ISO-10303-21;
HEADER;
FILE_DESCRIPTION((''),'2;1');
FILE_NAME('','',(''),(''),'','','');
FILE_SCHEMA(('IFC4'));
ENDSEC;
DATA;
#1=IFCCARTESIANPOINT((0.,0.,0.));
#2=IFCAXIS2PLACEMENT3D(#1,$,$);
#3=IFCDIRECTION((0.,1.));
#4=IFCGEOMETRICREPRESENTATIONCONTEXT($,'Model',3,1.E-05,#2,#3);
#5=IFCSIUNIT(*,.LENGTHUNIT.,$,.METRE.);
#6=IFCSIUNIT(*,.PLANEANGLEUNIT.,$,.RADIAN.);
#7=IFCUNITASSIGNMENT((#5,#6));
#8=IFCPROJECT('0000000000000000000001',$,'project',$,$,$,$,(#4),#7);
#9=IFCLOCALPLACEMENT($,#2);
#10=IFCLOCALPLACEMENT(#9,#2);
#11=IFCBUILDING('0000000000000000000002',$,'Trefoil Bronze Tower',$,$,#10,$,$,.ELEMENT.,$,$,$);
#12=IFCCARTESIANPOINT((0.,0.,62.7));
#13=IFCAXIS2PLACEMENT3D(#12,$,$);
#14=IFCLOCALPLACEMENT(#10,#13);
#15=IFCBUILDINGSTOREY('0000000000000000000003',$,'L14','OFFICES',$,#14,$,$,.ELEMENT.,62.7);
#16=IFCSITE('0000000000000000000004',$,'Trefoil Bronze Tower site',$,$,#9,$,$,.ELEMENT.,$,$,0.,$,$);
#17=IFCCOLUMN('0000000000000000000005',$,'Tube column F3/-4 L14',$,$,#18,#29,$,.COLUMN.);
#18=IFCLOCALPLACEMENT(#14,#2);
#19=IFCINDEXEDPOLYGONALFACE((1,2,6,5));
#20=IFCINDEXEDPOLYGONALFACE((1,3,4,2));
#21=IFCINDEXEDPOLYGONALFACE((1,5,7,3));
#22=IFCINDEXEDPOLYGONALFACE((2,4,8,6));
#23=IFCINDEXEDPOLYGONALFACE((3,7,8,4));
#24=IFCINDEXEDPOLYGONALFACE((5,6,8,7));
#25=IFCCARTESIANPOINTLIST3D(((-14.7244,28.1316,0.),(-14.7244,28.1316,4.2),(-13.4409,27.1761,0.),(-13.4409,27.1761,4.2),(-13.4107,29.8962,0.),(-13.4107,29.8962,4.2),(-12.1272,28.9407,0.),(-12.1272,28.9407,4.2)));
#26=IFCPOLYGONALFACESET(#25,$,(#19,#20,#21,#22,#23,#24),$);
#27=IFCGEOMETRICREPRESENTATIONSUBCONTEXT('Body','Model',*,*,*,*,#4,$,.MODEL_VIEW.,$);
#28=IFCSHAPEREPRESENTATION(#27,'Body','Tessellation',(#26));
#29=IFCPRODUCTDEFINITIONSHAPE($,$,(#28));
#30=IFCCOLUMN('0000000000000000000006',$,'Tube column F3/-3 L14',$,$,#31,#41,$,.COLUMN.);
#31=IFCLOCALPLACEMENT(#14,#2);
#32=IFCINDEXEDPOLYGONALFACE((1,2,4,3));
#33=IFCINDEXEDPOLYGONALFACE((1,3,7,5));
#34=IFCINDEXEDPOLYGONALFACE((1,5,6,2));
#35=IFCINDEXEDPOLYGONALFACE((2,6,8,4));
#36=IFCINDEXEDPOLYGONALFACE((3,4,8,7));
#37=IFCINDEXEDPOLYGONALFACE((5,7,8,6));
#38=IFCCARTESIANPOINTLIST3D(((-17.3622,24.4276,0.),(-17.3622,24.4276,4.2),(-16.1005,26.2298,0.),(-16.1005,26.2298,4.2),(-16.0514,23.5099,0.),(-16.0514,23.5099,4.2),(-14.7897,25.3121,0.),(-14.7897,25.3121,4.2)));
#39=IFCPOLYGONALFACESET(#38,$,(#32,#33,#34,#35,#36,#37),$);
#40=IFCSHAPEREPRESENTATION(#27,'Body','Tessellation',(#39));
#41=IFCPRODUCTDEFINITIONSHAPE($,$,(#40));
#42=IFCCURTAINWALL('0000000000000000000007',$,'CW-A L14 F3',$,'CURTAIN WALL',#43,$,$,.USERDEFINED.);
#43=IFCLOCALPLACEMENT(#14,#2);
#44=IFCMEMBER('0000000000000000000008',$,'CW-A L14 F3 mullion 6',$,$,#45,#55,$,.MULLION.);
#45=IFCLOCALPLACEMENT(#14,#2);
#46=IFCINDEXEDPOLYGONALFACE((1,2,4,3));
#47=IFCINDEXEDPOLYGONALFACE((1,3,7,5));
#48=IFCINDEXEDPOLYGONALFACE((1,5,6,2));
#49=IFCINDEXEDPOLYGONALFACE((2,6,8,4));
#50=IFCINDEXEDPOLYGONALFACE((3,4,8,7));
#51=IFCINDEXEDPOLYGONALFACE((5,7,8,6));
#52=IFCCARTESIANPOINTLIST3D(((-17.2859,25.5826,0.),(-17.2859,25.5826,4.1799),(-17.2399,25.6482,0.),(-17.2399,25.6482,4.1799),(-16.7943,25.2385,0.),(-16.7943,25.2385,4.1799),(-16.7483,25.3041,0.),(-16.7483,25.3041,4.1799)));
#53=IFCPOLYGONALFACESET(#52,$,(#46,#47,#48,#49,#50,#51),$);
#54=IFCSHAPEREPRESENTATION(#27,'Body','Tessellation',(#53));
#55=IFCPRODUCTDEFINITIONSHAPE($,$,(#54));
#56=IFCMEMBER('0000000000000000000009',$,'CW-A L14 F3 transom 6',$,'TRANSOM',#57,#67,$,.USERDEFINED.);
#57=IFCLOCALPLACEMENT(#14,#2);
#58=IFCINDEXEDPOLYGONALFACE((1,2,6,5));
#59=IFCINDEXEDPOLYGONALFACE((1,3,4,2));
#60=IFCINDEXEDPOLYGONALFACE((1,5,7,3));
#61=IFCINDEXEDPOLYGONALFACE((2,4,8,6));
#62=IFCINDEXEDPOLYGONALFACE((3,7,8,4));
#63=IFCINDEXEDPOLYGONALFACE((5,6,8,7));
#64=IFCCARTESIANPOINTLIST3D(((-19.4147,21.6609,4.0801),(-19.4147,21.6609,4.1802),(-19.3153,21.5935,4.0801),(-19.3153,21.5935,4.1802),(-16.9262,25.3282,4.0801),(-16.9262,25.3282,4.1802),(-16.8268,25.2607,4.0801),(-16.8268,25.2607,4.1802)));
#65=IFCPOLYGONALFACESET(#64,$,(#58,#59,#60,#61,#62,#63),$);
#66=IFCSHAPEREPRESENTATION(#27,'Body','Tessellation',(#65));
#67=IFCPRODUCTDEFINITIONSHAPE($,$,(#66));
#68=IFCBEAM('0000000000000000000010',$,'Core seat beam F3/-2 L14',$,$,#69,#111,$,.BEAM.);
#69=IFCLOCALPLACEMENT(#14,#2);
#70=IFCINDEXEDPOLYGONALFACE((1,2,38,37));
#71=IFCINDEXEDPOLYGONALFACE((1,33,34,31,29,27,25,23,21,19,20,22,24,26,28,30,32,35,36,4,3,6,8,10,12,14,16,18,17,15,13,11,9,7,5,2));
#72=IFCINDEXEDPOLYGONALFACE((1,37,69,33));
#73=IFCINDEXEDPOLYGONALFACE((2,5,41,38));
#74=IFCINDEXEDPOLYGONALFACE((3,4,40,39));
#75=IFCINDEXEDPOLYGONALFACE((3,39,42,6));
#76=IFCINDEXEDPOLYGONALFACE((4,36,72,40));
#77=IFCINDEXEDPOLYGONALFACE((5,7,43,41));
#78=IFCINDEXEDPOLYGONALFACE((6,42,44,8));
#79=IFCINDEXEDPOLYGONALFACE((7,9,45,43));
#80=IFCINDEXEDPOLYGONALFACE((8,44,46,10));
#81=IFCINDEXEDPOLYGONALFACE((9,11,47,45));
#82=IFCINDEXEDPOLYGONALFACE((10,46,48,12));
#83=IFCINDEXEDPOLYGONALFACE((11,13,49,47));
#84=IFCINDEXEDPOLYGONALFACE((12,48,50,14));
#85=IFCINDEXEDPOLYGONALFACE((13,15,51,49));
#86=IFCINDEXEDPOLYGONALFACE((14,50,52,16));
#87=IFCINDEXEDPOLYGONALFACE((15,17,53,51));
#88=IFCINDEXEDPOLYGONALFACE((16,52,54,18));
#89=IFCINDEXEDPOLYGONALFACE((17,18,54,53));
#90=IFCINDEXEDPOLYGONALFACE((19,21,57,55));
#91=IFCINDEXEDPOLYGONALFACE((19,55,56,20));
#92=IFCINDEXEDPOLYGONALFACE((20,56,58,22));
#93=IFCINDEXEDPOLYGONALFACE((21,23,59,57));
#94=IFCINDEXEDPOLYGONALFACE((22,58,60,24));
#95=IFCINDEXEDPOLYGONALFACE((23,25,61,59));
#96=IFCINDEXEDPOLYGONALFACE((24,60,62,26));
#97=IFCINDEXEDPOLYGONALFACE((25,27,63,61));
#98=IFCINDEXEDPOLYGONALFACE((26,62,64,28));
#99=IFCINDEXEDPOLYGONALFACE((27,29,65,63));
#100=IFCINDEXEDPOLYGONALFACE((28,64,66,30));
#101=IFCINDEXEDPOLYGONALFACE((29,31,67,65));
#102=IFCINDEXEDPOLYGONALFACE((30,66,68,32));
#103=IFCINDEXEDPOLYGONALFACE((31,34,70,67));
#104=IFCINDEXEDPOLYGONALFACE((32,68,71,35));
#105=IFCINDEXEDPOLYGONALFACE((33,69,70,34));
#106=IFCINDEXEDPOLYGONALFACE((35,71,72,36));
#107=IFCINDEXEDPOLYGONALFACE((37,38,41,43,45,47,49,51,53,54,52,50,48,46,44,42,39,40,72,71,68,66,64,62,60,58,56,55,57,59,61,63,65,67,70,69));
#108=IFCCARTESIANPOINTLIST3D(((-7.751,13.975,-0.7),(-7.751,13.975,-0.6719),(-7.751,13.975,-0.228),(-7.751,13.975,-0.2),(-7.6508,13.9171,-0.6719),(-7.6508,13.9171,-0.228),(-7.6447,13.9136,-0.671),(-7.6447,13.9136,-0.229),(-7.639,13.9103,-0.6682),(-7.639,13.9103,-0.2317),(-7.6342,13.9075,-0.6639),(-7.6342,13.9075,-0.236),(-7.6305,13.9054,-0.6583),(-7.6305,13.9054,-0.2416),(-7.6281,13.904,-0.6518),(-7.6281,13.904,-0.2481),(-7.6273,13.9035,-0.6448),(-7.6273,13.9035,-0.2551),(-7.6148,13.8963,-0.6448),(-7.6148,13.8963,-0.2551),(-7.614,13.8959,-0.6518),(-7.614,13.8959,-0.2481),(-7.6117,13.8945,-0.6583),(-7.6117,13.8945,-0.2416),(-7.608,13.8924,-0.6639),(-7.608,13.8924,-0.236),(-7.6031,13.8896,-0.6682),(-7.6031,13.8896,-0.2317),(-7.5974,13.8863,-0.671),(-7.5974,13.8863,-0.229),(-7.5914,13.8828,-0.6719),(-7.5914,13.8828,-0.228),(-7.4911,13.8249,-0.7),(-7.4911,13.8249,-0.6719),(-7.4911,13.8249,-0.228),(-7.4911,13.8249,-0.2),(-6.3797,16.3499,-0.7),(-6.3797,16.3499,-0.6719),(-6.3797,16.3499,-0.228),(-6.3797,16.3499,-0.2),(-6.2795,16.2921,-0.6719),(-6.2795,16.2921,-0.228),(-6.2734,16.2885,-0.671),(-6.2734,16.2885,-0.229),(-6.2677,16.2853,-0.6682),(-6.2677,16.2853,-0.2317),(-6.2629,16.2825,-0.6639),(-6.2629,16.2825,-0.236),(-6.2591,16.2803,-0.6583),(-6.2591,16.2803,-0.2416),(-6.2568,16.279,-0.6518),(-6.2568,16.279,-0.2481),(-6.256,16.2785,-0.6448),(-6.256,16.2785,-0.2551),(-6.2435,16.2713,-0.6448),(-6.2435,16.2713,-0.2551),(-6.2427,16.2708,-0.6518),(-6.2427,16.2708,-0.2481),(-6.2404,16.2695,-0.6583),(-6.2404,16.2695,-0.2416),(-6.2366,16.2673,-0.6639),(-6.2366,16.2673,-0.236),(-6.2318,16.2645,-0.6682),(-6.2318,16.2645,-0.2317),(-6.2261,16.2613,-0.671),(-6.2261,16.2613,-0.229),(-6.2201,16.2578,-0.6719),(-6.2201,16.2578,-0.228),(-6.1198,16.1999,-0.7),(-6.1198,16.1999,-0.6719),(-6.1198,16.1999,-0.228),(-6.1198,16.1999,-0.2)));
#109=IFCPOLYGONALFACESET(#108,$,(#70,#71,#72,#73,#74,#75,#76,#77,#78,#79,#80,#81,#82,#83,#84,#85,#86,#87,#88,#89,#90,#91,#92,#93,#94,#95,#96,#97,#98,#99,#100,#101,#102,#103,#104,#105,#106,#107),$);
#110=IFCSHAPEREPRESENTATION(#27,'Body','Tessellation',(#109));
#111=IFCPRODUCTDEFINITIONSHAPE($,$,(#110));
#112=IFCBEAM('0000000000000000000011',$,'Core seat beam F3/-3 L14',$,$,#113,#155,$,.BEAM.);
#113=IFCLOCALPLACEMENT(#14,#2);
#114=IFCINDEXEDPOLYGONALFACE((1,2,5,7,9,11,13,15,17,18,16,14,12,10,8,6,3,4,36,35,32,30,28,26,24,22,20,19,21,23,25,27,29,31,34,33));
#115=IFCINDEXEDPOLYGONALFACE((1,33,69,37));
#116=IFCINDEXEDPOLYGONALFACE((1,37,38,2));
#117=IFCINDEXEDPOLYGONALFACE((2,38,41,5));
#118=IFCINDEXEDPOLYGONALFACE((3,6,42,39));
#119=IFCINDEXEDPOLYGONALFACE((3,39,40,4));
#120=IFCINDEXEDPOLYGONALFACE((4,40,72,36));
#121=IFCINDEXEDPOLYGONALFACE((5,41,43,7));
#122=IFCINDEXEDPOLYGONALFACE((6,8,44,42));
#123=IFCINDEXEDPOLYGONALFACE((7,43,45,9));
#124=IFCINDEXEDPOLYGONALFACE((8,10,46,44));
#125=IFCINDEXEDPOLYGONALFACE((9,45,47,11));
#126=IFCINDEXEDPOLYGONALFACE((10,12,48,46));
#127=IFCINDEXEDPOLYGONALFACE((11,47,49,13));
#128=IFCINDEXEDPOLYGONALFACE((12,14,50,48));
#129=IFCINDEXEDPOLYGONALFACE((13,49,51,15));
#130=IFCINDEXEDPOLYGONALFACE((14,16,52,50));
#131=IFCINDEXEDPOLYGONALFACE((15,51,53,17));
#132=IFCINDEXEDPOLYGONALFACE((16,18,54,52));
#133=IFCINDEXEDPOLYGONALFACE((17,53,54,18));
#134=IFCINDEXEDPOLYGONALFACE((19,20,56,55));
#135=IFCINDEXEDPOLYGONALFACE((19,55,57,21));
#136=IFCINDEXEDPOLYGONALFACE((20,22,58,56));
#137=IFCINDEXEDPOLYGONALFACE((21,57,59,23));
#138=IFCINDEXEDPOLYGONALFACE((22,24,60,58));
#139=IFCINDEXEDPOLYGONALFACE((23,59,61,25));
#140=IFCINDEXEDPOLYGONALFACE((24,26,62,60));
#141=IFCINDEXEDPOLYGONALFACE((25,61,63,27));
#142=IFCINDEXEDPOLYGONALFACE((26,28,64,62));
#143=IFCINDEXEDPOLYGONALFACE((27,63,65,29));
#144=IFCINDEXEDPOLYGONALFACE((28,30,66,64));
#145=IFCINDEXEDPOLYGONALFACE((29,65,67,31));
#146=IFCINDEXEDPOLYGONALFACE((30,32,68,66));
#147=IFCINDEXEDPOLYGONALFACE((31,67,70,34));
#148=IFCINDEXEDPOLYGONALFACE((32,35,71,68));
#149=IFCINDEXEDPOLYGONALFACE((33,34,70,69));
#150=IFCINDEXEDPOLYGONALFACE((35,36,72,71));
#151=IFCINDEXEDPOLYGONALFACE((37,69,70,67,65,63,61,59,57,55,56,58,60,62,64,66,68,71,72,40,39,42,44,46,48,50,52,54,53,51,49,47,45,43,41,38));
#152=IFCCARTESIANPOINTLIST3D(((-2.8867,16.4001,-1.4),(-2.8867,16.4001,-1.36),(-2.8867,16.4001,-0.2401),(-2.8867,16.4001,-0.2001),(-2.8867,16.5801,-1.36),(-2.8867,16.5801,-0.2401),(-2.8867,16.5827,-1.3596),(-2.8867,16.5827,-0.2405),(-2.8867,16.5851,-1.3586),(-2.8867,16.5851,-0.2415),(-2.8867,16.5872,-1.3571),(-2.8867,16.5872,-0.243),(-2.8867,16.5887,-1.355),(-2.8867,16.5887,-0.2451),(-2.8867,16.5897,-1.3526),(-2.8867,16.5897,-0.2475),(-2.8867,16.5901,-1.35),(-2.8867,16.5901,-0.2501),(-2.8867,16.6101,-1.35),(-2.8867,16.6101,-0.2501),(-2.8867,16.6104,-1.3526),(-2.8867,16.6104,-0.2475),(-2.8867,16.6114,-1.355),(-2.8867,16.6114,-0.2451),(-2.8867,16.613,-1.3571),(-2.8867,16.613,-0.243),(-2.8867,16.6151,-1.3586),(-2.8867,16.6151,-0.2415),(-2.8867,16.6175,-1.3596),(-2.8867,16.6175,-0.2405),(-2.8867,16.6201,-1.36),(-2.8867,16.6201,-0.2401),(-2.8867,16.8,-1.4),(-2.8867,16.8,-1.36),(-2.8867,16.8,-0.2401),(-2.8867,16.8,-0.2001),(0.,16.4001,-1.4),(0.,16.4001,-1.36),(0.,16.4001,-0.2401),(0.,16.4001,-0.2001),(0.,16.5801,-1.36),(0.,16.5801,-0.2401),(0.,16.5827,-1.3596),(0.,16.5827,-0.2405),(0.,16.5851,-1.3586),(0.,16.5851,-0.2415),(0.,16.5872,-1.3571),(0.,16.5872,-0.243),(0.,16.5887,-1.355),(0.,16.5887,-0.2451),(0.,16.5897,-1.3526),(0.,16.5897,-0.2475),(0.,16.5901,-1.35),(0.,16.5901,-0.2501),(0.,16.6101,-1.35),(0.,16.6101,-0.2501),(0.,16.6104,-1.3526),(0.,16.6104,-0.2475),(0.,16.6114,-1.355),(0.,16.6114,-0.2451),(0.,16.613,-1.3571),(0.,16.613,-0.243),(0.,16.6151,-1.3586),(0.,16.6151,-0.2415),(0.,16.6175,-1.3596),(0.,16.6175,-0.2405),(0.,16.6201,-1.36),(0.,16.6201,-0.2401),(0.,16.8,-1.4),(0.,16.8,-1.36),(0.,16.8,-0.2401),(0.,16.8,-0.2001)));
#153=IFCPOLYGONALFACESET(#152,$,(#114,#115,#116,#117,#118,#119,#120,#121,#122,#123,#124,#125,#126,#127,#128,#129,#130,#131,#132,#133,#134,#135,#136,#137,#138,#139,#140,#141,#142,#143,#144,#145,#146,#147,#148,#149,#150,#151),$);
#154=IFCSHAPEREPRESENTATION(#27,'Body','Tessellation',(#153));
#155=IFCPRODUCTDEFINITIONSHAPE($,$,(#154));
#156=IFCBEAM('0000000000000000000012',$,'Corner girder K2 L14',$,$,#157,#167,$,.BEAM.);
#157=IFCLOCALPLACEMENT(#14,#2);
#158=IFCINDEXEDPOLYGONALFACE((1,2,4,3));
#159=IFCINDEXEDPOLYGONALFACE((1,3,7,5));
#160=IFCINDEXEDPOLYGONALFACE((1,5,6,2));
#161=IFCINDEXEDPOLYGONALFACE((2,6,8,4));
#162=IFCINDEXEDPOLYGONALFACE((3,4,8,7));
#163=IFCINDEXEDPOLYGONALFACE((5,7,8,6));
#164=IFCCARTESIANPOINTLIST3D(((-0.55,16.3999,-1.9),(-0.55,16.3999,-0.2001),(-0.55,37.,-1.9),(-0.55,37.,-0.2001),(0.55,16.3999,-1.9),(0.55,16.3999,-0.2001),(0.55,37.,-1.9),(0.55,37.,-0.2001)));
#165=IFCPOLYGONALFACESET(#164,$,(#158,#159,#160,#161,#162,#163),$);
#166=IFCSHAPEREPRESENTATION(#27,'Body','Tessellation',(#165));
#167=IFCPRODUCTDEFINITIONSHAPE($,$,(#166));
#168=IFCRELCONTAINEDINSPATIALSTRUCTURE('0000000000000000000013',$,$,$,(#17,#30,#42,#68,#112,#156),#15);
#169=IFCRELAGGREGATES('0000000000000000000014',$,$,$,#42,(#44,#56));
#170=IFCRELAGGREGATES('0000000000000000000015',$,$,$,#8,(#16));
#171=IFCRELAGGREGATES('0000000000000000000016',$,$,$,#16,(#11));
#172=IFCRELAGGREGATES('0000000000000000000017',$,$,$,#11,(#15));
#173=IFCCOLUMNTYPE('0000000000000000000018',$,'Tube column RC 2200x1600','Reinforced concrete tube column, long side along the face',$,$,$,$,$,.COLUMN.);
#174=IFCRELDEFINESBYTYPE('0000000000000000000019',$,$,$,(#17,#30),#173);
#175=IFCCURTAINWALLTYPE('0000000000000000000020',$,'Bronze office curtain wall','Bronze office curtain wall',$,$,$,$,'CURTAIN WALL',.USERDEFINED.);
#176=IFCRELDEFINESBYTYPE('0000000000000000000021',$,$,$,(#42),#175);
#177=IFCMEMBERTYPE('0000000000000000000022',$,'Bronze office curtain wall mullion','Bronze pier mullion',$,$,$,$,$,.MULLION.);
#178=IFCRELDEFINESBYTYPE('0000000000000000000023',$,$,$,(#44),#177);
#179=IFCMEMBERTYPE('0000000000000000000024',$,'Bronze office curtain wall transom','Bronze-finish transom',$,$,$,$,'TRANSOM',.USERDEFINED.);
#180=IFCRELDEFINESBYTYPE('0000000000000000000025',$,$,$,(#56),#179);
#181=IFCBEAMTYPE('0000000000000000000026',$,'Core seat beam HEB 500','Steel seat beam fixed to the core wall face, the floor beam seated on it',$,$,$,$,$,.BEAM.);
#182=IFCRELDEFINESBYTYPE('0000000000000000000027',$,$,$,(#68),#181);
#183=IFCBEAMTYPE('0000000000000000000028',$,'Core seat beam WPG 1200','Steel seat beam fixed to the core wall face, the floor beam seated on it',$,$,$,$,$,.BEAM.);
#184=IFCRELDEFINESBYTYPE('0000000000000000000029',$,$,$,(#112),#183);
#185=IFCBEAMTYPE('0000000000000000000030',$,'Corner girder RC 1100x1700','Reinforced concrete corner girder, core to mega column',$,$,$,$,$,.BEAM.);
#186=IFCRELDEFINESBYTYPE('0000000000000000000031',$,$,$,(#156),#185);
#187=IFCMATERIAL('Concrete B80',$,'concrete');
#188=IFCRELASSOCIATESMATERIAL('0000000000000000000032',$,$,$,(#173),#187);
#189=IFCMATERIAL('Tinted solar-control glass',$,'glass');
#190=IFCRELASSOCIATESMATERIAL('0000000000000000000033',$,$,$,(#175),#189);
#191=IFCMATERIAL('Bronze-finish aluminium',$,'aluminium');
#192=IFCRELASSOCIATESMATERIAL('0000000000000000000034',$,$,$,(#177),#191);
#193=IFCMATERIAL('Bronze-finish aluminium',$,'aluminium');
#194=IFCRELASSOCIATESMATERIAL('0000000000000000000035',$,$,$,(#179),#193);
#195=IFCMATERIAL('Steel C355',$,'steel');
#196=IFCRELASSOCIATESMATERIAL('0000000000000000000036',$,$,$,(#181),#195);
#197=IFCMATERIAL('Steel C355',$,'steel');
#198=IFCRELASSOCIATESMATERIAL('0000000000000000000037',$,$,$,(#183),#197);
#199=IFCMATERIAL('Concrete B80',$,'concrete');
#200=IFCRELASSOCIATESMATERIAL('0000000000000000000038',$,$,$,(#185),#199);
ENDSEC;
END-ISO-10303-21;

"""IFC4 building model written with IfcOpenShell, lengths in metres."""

from ifc_helpers import new_model, si_unit, direction, frame, origin, origin_2d, place, context, subcontext, project, spatial, rectangle, i_section, extrude, material, material_profile, profile_set, type_object, element, aggregate, save


model = new_model("IFC4")

# Units and contexts
model_context = context("Model", 3, precision=1e-05, world=origin(), true_north=direction((0.0, 1.0)))
body_context = subcontext(model_context, "Body", "Model", "MODEL_VIEW")
ifc_project = project(units=[si_unit("LENGTHUNIT", "METRE"), si_unit("PLANEANGLEUNIT", "RADIAN")], contexts=[model_context])

# Site, building, storey
site_placement = place(None, origin())
site = spatial("IfcSite", under=ifc_project, at=site_placement, Name="Trefoil Bronze Tower site", CompositionType="ELEMENT", RefElevation=0.0)
building_placement = place(site_placement, origin())
building = spatial("IfcBuilding", under=site, at=building_placement, Name="Trefoil Bronze Tower", CompositionType="ELEMENT")
storey_placement = place(building_placement, frame((0.0, 0.0, 62.7)))
storey = spatial("IfcBuildingStorey", under=building, at=storey_placement, Name="L14", Description="OFFICES", CompositionType="ELEMENT", Elevation=62.7)

# Columns
ifc_material_1 = material(Name="Concrete B80", Category="concrete")
ifc_material_profile_1 = material_profile(ifc_material_1, rectangle(XDim=2.2, YDim=1.6001, at=origin_2d()), Name="RC 2200x1600")
ifc_profile_set_1 = profile_set([ifc_material_profile_1], Name="Concrete B80")
column_type = type_object("IfcColumnType", Name="Tube column RC 2200x1600", Description="Reinforced concrete tube column, long side along the face", PredefinedType="COLUMN", material=ifc_profile_set_1)
for number, where, z_axis, x_axis, name in (
    (1, (-13.4258, 28.5361, 0.0), (0.0, 0.0, 1.0), (-0.597154, -0.802127, 0.0), "Tube column F3/-4 L14"),
    (2, (-16.0759, 24.8699, 0.0), (0.0, 0.0, 1.0), (-0.573502, -0.819204, 0.0), "Tube column F3/-3 L14"),
):
    element("IfcColumn", number, at=place(storey_placement, frame(where, z_axis=z_axis, x_axis=x_axis)), inside=storey, type_object=column_type, Name=name, PredefinedType="COLUMN", context=body_context, shape_type="SweptSolid", body=[
        extrude(rectangle(XDim=2.2, YDim=1.6001, at=origin_2d()), origin(), (0.0, 0.0, 1.0), 4.2),
    ])

# Curtain wall, members
ifc_material_2 = material(Name="Tinted solar-control glass", Category="glass")
curtain_wall_type = type_object("IfcCurtainWallType", Name="Bronze office curtain wall", Description="Bronze office curtain wall", ElementType="CURTAIN WALL", PredefinedType="USERDEFINED", material=ifc_material_2)
curtain_wall_placement = place(storey_placement, origin())
curtain_wall = element("IfcCurtainWall", 3, at=curtain_wall_placement, inside=storey, type_object=curtain_wall_type, Name="CW-A L14 F3", ObjectType="CURTAIN WALL", PredefinedType="USERDEFINED")
ifc_material_3 = material(Name="Bronze-finish aluminium", Category="aluminium")
ifc_material_profile_2 = material_profile(ifc_material_3, rectangle(XDim=0.6001, YDim=0.0801, at=origin_2d()), Name="CW-A mullion")
ifc_profile_set_2 = profile_set([ifc_material_profile_2], Name="Bronze-finish aluminium")
member_type_1 = type_object("IfcMemberType", Name="Bronze office curtain wall mullion", Description="Bronze pier mullion", PredefinedType="MULLION", material=ifc_profile_set_2)
member_1_placement = place(storey_placement, frame((-17.0171, 25.4434, 0.0), z_axis=(0.0, 0.0, 1.0), x_axis=(0.819204, -0.573502, 0.0)))
member_1 = element("IfcMember", 4, at=member_1_placement, type_object=member_type_1, Name="CW-A L14 F3 mullion 6", PredefinedType="MULLION", context=body_context, shape_type="SweptSolid", body=[
    extrude(rectangle(XDim=0.6001, YDim=0.0801, at=origin_2d()), origin(), (0.0, 0.0, 1.0), 4.1799),
])
ifc_material_4 = material(Name="Bronze-finish aluminium", Category="aluminium")
ifc_material_profile_3 = material_profile(ifc_material_4, rectangle(XDim=0.1201, YDim=0.1001, at=origin_2d()), Name="CW-A transom")
ifc_profile_set_3 = profile_set([ifc_material_profile_3], Name="Bronze-finish aluminium")
member_type_2 = type_object("IfcMemberType", Name="Bronze office curtain wall transom", Description="Bronze-finish transom", ElementType="TRANSOM", PredefinedType="USERDEFINED", material=ifc_profile_set_3)
member_2_placement = place(storey_placement, frame((-16.8765, 25.2944, 4.1301), z_axis=(-0.561508, -0.827471, 0.0), x_axis=(0.827471, -0.561508, 0.0)))
member_2 = element("IfcMember", 5, at=member_2_placement, type_object=member_type_2, Name="CW-A L14 F3 transom 6", ObjectType="TRANSOM", PredefinedType="USERDEFINED", context=body_context, shape_type="SweptSolid", body=[
    extrude(rectangle(XDim=0.1201, YDim=0.1001, at=origin_2d()), origin(), (0.0, 0.0, 1.0), 4.4319),
])

# Beams
ifc_material_5 = material(Name="Steel C355", Category="steel")
ifc_material_profile_4 = material_profile(ifc_material_5, i_section(OverallWidth=0.3, OverallDepth=0.5, WebThickness=0.0144, FlangeThickness=0.0281, FilletRadius=0.0271, at=origin_2d()), Name="HEB 500")
ifc_profile_set_4 = profile_set([ifc_material_profile_4], Name="Steel C355")
beam_type_1 = type_object("IfcBeamType", Name="Core seat beam HEB 500", Description="Steel seat beam fixed to the core wall face, the floor beam seated on it", PredefinedType="BEAM", material=ifc_profile_set_4)
beam_1_placement = place(storey_placement, frame((-6.2498, 16.2749, -0.45), z_axis=(-0.500036, -0.866005, 0.0), x_axis=(0.866005, -0.500036, 0.0)))
element("IfcBeam", 6, at=beam_1_placement, inside=storey, type_object=beam_type_1, Name="Core seat beam F3/-2 L14", PredefinedType="BEAM", context=body_context, shape_type="SweptSolid", body=[
    extrude(i_section(OverallWidth=0.3, OverallDepth=0.5, WebThickness=0.0144, FlangeThickness=0.0281, FilletRadius=0.0271, at=origin_2d()), origin(), (0.0, 0.0, 1.0), 2.7424),
])
ifc_material_6 = material(Name="Steel C355", Category="steel")
ifc_material_profile_5 = material_profile(ifc_material_6, i_section(OverallWidth=0.3999, OverallDepth=1.2, WebThickness=0.02, FlangeThickness=0.04, FilletRadius=0.01, at=origin_2d()), Name="WPG 1200")
ifc_profile_set_5 = profile_set([ifc_material_profile_5], Name="Steel C355")
beam_type_2 = type_object("IfcBeamType", Name="Core seat beam WPG 1200", Description="Steel seat beam fixed to the core wall face, the floor beam seated on it", PredefinedType="BEAM", material=ifc_profile_set_5)
beam_2_placement = place(storey_placement, frame((0.0, 16.6001, -0.8), z_axis=(-1.0, 0.0, 0.0), x_axis=(0.0, -1.0, 0.0)))
element("IfcBeam", 7, at=beam_2_placement, inside=storey, type_object=beam_type_2, Name="Core seat beam F3/-3 L14", PredefinedType="BEAM", context=body_context, shape_type="SweptSolid", body=[
    extrude(i_section(OverallWidth=0.3999, OverallDepth=1.2, WebThickness=0.02, FlangeThickness=0.04, FilletRadius=0.01, at=origin_2d()), origin(), (0.0, 0.0, 1.0), 2.8867),
])
ifc_material_7 = material(Name="Concrete B80", Category="concrete")
ifc_material_profile_6 = material_profile(ifc_material_7, rectangle(XDim=1.1001, YDim=1.7, at=origin_2d()), Name="RC 1100x1700")
ifc_profile_set_6 = profile_set([ifc_material_profile_6], Name="Concrete B80")
beam_type_3 = type_object("IfcBeamType", Name="Corner girder RC 1100x1700", Description="Reinforced concrete corner girder, core to mega column", PredefinedType="BEAM", material=ifc_profile_set_6)
beam_3_placement = place(storey_placement, frame((0.0, 16.3999, -1.05), z_axis=(0.0, 1.0, 0.0), x_axis=(-1.0, 0.0, 0.0)))
element("IfcBeam", 8, at=beam_3_placement, inside=storey, type_object=beam_type_3, Name="Corner girder K2 L14", PredefinedType="BEAM", context=body_context, shape_type="SweptSolid", body=[
    extrude(rectangle(XDim=1.1001, YDim=1.7, at=origin_2d()), origin(), (0.0, 0.0, 1.0), 20.6001),
])

aggregate(curtain_wall, [member_1, member_2])

save(model, "model.ifc")
